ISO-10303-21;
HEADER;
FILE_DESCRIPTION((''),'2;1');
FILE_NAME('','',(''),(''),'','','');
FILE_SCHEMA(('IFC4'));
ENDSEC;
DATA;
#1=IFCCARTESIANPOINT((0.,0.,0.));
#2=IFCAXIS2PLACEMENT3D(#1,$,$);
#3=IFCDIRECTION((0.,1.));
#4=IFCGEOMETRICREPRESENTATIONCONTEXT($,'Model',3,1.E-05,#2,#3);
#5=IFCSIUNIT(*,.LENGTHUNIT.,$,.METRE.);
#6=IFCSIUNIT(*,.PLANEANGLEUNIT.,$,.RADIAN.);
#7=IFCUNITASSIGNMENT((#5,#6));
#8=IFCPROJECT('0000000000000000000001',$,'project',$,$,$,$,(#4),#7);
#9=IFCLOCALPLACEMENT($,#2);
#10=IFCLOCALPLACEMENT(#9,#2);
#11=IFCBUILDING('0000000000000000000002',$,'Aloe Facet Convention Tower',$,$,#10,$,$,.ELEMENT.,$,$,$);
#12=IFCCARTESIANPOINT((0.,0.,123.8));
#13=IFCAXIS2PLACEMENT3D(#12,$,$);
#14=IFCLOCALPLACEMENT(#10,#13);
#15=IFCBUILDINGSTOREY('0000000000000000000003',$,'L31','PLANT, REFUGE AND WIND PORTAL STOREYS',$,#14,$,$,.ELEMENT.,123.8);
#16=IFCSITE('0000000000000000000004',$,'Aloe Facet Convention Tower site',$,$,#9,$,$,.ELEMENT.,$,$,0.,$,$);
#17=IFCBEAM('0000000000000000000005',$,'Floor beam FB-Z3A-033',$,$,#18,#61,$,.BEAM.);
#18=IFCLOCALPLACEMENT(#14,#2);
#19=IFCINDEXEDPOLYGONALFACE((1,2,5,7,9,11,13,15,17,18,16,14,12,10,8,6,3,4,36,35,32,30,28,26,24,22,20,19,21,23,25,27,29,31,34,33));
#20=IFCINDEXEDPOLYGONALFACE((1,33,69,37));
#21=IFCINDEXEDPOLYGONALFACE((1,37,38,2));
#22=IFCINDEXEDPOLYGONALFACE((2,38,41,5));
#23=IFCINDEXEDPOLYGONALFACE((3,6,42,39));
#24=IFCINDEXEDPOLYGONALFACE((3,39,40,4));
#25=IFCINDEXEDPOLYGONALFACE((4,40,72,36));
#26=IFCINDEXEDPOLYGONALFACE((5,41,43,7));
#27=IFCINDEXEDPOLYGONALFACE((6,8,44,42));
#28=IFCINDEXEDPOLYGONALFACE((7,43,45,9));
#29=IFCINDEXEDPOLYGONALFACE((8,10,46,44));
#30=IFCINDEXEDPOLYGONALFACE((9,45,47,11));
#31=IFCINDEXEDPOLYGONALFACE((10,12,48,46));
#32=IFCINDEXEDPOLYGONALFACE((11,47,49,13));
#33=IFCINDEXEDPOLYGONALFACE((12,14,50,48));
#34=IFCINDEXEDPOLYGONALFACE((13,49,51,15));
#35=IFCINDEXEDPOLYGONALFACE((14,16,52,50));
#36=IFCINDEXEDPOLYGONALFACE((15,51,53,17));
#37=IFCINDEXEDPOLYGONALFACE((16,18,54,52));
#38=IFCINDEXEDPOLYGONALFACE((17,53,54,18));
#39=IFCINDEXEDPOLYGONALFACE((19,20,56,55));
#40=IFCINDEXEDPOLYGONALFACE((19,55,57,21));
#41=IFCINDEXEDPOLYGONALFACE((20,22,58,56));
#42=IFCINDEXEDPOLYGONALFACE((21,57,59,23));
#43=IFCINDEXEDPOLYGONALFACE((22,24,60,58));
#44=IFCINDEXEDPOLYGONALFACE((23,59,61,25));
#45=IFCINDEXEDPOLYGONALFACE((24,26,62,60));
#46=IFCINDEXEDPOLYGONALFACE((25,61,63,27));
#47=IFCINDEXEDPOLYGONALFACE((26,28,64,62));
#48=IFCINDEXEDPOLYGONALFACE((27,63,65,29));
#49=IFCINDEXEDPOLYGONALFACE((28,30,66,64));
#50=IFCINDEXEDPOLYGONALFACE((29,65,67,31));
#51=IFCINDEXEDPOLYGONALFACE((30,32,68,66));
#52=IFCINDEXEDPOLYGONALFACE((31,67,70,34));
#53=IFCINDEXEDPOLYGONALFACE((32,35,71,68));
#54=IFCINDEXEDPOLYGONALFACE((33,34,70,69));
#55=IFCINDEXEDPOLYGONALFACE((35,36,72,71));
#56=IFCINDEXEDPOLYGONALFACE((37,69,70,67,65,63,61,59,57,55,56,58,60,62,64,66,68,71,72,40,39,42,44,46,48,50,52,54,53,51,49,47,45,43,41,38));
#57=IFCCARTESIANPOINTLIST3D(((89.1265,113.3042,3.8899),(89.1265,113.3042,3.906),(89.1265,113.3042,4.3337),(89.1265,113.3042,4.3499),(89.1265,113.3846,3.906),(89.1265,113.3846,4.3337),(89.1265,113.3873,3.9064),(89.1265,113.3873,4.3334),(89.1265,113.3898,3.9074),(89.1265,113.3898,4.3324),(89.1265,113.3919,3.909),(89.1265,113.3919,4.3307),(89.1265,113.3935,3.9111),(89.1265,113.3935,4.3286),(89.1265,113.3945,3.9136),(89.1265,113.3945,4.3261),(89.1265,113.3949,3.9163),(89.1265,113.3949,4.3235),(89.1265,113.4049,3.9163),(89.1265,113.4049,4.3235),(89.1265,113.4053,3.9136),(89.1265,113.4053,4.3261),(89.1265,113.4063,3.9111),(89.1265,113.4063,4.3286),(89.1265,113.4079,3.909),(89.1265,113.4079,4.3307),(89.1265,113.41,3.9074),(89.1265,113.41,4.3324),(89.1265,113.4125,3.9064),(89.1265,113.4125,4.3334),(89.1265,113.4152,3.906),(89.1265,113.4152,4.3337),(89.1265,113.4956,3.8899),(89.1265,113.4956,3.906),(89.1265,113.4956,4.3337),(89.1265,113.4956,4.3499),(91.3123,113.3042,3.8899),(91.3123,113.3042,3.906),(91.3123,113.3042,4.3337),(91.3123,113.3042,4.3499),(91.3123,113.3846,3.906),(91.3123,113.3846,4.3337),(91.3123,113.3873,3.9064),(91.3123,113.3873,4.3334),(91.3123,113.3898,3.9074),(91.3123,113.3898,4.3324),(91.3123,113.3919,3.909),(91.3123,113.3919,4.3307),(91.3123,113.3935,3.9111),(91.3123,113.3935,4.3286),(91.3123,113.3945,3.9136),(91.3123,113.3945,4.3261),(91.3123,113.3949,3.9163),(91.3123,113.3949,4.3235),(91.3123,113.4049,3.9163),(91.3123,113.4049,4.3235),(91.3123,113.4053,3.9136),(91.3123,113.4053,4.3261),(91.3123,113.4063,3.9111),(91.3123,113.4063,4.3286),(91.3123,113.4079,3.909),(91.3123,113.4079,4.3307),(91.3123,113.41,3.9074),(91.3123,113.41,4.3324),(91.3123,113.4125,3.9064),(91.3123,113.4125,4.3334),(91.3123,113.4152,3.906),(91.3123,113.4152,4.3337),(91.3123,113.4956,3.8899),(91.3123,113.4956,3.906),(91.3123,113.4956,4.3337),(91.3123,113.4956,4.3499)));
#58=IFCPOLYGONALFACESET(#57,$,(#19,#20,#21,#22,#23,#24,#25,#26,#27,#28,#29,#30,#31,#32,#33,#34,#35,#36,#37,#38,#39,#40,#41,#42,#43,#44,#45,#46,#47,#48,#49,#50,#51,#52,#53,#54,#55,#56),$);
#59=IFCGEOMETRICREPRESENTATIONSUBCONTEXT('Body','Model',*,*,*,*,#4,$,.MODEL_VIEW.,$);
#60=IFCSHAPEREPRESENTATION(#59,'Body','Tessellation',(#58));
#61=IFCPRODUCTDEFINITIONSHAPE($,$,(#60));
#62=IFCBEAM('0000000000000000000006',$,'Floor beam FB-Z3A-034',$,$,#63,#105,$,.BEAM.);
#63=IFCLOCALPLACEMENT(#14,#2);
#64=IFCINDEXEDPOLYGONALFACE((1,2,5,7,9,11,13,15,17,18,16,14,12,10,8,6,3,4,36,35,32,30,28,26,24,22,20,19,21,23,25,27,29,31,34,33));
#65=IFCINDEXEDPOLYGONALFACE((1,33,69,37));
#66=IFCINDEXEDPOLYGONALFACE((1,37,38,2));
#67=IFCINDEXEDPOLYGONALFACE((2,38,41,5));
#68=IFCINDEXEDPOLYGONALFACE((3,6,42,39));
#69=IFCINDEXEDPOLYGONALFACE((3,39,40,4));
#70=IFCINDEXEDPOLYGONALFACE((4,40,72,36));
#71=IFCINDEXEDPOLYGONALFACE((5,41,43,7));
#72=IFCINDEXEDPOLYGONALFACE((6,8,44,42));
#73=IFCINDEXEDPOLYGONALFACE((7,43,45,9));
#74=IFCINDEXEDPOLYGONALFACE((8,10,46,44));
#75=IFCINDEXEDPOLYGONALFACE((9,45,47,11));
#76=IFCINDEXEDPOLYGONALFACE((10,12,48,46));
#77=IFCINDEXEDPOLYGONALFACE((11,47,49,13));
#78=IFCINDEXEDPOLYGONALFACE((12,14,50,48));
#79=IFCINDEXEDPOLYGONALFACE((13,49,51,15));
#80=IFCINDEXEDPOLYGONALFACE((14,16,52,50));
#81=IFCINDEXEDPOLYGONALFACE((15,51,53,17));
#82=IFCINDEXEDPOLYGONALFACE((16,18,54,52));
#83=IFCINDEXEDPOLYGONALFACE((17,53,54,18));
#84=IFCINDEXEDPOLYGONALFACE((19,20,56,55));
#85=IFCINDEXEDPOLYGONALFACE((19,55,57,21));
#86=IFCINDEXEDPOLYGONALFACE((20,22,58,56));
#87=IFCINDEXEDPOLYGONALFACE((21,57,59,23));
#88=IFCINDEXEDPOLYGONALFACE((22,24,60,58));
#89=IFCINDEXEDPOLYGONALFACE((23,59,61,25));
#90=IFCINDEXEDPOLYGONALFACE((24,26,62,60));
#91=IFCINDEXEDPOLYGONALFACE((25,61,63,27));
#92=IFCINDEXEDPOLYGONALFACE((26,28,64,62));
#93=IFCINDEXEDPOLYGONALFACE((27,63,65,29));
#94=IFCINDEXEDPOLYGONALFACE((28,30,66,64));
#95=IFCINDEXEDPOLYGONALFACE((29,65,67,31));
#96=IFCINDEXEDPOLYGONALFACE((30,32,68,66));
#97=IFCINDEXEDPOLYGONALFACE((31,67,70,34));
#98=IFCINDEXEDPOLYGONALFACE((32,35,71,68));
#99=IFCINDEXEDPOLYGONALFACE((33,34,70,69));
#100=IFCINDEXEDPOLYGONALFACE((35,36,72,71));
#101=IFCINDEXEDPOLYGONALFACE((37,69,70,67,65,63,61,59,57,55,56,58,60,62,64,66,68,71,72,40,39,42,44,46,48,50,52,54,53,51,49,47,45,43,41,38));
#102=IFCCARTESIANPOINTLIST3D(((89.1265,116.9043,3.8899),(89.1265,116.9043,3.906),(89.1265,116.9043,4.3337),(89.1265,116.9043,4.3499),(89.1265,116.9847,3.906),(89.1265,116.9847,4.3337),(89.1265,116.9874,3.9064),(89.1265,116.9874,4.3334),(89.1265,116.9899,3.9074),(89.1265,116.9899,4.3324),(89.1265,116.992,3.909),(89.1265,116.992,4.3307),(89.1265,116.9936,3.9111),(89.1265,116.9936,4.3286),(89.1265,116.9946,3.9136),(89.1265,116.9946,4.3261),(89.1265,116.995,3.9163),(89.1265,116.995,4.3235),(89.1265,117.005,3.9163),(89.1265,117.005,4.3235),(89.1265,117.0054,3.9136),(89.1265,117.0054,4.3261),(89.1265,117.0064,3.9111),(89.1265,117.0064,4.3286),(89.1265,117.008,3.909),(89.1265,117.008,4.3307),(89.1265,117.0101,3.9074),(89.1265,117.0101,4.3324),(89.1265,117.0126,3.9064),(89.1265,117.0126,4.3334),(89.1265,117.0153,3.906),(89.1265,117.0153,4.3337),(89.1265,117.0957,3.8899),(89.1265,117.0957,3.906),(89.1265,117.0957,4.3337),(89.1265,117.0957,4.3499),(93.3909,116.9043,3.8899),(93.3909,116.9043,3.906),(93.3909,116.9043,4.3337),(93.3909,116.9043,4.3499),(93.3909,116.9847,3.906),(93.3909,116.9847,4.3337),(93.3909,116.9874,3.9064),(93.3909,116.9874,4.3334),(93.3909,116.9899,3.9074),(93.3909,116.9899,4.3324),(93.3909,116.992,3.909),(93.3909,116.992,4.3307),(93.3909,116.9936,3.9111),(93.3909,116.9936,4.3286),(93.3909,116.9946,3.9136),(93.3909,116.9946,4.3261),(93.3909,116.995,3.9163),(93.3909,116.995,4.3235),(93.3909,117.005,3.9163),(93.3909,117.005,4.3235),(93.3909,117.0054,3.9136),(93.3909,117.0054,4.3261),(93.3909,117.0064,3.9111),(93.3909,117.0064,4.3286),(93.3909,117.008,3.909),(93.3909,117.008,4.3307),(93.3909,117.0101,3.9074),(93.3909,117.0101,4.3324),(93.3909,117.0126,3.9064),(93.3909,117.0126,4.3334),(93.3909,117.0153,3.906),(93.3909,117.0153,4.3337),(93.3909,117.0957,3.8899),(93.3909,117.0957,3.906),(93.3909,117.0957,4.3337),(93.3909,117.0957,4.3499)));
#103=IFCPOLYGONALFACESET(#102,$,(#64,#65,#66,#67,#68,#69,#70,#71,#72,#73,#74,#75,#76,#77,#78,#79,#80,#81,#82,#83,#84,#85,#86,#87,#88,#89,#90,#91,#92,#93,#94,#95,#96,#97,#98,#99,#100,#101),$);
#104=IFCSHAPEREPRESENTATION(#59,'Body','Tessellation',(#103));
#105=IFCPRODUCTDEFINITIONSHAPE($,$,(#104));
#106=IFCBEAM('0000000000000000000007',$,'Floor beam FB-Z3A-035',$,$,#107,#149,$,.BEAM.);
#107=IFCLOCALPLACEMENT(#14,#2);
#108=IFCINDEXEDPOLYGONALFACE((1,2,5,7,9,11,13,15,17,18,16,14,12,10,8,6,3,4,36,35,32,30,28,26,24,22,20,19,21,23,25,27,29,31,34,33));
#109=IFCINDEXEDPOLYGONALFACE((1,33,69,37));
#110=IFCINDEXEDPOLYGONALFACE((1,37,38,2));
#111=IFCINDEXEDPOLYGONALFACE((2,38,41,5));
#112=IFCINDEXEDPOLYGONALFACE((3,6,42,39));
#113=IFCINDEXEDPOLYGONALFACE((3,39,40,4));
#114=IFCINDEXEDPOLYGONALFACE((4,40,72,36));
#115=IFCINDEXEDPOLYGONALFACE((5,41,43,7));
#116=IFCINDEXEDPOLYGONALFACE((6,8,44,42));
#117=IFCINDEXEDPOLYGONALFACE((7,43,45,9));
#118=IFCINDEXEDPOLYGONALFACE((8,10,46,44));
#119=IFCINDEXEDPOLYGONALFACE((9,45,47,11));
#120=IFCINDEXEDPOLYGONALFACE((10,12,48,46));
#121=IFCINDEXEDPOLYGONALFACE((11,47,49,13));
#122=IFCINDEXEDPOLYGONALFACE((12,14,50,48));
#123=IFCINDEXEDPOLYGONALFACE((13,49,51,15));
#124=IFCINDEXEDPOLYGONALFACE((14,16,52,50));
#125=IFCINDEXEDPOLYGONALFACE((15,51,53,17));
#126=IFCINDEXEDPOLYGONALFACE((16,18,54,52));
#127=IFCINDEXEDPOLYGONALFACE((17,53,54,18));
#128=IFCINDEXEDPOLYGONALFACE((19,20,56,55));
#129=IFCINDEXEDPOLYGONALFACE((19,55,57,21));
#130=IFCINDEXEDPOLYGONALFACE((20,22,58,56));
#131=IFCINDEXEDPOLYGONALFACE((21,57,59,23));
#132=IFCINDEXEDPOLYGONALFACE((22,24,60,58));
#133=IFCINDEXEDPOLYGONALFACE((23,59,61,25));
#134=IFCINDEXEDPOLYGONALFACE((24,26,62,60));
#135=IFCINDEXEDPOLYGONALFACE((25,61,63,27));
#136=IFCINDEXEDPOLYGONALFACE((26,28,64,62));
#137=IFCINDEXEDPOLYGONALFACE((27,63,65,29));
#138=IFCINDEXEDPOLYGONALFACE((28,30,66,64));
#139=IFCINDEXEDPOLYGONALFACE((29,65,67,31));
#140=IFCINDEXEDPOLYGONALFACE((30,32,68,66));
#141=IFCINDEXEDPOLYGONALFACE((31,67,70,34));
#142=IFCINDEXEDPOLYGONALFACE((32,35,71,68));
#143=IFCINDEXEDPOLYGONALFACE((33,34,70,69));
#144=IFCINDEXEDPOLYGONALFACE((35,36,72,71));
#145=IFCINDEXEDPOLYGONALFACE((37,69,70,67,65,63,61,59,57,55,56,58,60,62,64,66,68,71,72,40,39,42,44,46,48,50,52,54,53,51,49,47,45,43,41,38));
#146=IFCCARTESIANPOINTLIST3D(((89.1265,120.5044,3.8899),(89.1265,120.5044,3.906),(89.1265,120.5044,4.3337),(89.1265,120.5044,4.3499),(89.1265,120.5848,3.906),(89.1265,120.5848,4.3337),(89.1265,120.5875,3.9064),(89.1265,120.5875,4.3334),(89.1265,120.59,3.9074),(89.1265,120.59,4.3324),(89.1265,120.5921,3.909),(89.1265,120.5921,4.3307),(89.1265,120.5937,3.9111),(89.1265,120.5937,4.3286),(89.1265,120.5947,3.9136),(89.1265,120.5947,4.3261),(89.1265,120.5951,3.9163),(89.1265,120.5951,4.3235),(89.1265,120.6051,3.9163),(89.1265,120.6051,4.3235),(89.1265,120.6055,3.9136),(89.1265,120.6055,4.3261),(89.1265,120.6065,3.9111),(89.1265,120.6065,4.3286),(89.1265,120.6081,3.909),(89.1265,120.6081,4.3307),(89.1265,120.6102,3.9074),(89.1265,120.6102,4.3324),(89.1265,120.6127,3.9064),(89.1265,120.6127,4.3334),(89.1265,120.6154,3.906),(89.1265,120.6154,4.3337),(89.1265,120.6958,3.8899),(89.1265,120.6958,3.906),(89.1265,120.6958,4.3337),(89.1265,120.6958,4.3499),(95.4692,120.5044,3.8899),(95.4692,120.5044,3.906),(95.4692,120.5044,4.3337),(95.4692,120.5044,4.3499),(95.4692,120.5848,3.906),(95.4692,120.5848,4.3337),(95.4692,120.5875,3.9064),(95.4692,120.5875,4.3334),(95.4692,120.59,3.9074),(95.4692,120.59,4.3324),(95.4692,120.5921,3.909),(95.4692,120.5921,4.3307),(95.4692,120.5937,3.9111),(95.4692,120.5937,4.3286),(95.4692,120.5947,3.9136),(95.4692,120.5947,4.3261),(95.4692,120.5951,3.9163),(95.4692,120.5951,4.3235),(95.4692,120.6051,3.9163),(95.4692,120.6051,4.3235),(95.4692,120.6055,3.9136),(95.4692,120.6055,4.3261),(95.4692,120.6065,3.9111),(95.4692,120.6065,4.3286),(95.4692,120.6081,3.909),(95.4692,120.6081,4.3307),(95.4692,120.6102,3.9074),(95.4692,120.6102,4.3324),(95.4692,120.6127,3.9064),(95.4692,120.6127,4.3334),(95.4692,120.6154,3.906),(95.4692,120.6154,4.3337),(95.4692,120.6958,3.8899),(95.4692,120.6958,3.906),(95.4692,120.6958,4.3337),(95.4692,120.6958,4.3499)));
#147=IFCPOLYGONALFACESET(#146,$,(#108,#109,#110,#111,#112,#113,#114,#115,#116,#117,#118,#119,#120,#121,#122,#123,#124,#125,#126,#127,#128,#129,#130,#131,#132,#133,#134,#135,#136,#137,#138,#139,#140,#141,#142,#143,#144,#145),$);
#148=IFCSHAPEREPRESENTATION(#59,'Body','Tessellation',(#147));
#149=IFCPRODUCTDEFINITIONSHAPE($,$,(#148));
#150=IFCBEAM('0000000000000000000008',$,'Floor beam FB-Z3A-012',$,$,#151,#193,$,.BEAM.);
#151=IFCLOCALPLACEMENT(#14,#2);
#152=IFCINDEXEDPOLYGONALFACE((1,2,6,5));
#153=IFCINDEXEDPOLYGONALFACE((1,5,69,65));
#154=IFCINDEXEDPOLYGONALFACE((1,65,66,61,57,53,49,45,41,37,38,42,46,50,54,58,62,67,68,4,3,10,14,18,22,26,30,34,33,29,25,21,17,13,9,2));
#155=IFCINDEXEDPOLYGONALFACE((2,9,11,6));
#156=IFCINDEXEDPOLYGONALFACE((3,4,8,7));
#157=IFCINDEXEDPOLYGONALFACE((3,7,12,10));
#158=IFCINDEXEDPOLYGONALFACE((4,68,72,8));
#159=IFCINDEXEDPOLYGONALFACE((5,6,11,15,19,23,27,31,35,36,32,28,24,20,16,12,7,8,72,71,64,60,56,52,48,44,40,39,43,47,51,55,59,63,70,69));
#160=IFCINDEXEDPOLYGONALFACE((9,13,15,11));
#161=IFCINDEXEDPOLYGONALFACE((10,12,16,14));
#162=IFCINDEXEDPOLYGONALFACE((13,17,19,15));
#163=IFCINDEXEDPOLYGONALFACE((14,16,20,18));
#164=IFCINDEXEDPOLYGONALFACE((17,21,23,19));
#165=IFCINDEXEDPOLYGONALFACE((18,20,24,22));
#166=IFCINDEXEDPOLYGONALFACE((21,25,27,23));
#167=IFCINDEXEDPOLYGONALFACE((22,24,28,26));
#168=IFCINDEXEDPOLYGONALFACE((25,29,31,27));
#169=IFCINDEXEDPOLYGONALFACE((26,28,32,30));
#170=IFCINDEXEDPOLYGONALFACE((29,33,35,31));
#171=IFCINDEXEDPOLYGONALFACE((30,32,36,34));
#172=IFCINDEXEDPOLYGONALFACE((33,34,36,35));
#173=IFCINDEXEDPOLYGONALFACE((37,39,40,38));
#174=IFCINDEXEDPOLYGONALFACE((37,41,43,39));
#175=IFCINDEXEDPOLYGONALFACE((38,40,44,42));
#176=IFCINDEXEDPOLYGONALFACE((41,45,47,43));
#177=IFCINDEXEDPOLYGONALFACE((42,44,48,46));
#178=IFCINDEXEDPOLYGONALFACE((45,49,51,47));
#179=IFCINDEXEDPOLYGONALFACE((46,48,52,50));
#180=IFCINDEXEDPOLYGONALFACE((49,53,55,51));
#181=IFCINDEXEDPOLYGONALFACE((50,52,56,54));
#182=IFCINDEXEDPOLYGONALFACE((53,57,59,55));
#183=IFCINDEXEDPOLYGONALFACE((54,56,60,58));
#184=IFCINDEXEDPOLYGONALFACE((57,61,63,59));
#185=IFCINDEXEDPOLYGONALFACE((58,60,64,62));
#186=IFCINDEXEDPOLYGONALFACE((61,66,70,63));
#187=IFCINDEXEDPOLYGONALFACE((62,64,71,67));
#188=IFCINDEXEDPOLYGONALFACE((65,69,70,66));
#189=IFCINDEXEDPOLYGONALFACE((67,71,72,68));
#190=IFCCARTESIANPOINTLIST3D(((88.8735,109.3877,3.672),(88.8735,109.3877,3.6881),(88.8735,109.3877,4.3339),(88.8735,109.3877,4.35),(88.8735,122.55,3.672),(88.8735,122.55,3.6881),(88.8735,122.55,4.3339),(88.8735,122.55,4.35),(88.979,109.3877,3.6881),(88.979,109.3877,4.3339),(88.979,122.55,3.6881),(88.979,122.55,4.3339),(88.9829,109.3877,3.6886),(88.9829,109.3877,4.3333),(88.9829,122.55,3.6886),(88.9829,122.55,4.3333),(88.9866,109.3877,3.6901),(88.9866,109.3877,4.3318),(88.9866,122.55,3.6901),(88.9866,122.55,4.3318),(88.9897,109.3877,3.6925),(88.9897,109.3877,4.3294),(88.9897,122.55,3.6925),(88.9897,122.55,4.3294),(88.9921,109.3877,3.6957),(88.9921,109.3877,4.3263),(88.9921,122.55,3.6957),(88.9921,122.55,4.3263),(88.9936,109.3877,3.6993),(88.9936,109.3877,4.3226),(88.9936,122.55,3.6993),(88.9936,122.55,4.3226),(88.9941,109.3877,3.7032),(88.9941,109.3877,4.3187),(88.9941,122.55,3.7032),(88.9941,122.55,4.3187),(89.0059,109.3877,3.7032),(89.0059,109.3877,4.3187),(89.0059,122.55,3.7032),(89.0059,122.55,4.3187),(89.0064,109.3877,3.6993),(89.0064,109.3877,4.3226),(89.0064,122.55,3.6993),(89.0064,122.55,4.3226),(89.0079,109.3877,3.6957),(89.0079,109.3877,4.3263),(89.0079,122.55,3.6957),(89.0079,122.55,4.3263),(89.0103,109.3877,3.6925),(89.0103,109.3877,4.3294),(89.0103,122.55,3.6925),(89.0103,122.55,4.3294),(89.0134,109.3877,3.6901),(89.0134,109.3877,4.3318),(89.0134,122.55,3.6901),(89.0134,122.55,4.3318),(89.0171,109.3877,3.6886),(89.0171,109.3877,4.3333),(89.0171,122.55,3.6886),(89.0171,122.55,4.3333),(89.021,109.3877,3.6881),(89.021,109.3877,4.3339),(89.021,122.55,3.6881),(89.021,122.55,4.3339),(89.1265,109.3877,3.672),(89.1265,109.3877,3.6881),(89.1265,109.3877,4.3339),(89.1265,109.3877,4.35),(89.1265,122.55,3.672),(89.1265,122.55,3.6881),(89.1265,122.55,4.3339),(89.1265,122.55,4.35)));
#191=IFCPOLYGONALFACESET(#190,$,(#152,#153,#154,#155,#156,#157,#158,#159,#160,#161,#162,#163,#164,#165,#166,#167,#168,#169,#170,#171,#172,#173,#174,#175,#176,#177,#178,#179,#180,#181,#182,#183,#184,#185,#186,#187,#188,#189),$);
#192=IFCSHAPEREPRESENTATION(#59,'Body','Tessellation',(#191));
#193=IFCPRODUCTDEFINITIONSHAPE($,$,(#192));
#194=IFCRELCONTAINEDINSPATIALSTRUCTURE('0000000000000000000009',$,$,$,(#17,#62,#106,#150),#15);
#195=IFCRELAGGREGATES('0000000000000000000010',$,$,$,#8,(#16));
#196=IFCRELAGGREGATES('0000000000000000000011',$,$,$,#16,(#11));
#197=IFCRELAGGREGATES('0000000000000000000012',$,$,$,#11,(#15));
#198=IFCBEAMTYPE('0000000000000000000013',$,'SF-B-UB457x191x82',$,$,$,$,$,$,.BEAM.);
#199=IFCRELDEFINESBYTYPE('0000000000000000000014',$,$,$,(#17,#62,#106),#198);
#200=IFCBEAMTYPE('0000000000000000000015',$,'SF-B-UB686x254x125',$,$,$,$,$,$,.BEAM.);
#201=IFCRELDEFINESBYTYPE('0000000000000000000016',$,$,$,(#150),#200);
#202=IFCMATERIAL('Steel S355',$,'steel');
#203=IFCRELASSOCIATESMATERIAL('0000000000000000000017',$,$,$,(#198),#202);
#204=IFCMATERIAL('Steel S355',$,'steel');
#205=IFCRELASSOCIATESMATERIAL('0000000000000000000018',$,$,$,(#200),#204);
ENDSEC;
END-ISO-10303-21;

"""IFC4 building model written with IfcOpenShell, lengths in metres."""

from ifc_helpers import new_model, si_unit, direction, frame, origin, origin_2d, place, context, subcontext, project, spatial, i_section, extrude, material, material_profile, profile_set, type_object, element, save


model = new_model("IFC4")

# Units and contexts
model_context = context("Model", 3, precision=1e-05, world=origin(), true_north=direction((0.0, 1.0)))
body_context = subcontext(model_context, "Body", "Model", "MODEL_VIEW")
ifc_project = project(units=[si_unit("LENGTHUNIT", "METRE"), si_unit("PLANEANGLEUNIT", "RADIAN")], contexts=[model_context])

# Site, building, storey
site_placement = place(None, origin())
site = spatial("IfcSite", under=ifc_project, at=site_placement, Name="Aloe Facet Convention Tower site", CompositionType="ELEMENT", RefElevation=0.0)
building_placement = place(site_placement, origin())
building = spatial("IfcBuilding", under=site, at=building_placement, Name="Aloe Facet Convention Tower", CompositionType="ELEMENT")
storey_placement = place(building_placement, frame((0.0, 0.0, 123.8)))
storey = spatial("IfcBuildingStorey", under=building, at=storey_placement, Name="L31", Description="PLANT, REFUGE AND WIND PORTAL STOREYS", CompositionType="ELEMENT", Elevation=123.8)

# Beams
ifc_material_1 = material(Name="Steel S355", Category="steel")
ifc_material_profile_1 = material_profile(ifc_material_1, i_section(OverallWidth=0.1914, OverallDepth=0.46, WebThickness=0.01, FlangeThickness=0.0161, FilletRadius=0.0103, at=origin_2d()), Name="UB 457x191x82")
ifc_profile_set_1 = profile_set([ifc_material_profile_1], Name="Steel S355")
beam_type_1 = type_object("IfcBeamType", Name="SF-B-UB457x191x82", PredefinedType="BEAM", material=ifc_profile_set_1)
beam_1_placement = place(storey_placement, frame((89.1265, 113.3999, 4.1199), z_axis=(1.0, 0.0, 0.0), x_axis=(0.0, 1.0, 0.0)))
element("IfcBeam", 1, at=beam_1_placement, inside=storey, type_object=beam_type_1, Name="Floor beam FB-Z3A-033", PredefinedType="BEAM", context=body_context, shape_type="SweptSolid", body=[
    extrude(i_section(OverallWidth=0.1914, OverallDepth=0.46, WebThickness=0.01, FlangeThickness=0.0161, FilletRadius=0.0103, at=origin_2d()), origin(), (0.0, 0.0, 1.0), 2.1858),
])
beam_2_placement = place(storey_placement, frame((89.1265, 117.0, 4.1199), z_axis=(1.0, 0.0, 0.0), x_axis=(0.0, 1.0, 0.0)))
element("IfcBeam", 2, at=beam_2_placement, inside=storey, type_object=beam_type_1, Name="Floor beam FB-Z3A-034", PredefinedType="BEAM", context=body_context, shape_type="SweptSolid", body=[
    extrude(i_section(OverallWidth=0.1914, OverallDepth=0.46, WebThickness=0.01, FlangeThickness=0.0161, FilletRadius=0.0103, at=origin_2d()), origin(), (0.0, 0.0, 1.0), 4.2644),
])
beam_3_placement = place(storey_placement, frame((89.1265, 120.6001, 4.1199), z_axis=(1.0, 0.0, 0.0), x_axis=(0.0, 1.0, 0.0)))
element("IfcBeam", 3, at=beam_3_placement, inside=storey, type_object=beam_type_1, Name="Floor beam FB-Z3A-035", PredefinedType="BEAM", context=body_context, shape_type="SweptSolid", body=[
    extrude(i_section(OverallWidth=0.1914, OverallDepth=0.46, WebThickness=0.01, FlangeThickness=0.0161, FilletRadius=0.0103, at=origin_2d()), origin(), (0.0, 0.0, 1.0), 6.3428),
])
ifc_material_2 = material(Name="Steel S355", Category="steel")
ifc_material_profile_2 = material_profile(ifc_material_2, i_section(OverallWidth=0.2529, OverallDepth=0.678, WebThickness=0.0117, FlangeThickness=0.0161, FilletRadius=0.0151, at=origin_2d()), Name="UB 686x254x125")
ifc_profile_set_2 = profile_set([ifc_material_profile_2], Name="Steel S355")
beam_type_2 = type_object("IfcBeamType", Name="SF-B-UB686x254x125", PredefinedType="BEAM", material=ifc_profile_set_2)
beam_4_placement = place(storey_placement, frame((89.0, 122.55, 4.011), z_axis=(0.0, -1.0, 0.0), x_axis=(1.0, 0.0, 0.0)))
element("IfcBeam", 4, at=beam_4_placement, inside=storey, type_object=beam_type_2, Name="Floor beam FB-Z3A-012", PredefinedType="BEAM", context=body_context, shape_type="SweptSolid", body=[
    extrude(i_section(OverallWidth=0.2529, OverallDepth=0.678, WebThickness=0.0117, FlangeThickness=0.0161, FilletRadius=0.0151, at=origin_2d()), origin(), (0.0, 0.0, 1.0), 13.1624),
])

save(model, "model.ifc")
